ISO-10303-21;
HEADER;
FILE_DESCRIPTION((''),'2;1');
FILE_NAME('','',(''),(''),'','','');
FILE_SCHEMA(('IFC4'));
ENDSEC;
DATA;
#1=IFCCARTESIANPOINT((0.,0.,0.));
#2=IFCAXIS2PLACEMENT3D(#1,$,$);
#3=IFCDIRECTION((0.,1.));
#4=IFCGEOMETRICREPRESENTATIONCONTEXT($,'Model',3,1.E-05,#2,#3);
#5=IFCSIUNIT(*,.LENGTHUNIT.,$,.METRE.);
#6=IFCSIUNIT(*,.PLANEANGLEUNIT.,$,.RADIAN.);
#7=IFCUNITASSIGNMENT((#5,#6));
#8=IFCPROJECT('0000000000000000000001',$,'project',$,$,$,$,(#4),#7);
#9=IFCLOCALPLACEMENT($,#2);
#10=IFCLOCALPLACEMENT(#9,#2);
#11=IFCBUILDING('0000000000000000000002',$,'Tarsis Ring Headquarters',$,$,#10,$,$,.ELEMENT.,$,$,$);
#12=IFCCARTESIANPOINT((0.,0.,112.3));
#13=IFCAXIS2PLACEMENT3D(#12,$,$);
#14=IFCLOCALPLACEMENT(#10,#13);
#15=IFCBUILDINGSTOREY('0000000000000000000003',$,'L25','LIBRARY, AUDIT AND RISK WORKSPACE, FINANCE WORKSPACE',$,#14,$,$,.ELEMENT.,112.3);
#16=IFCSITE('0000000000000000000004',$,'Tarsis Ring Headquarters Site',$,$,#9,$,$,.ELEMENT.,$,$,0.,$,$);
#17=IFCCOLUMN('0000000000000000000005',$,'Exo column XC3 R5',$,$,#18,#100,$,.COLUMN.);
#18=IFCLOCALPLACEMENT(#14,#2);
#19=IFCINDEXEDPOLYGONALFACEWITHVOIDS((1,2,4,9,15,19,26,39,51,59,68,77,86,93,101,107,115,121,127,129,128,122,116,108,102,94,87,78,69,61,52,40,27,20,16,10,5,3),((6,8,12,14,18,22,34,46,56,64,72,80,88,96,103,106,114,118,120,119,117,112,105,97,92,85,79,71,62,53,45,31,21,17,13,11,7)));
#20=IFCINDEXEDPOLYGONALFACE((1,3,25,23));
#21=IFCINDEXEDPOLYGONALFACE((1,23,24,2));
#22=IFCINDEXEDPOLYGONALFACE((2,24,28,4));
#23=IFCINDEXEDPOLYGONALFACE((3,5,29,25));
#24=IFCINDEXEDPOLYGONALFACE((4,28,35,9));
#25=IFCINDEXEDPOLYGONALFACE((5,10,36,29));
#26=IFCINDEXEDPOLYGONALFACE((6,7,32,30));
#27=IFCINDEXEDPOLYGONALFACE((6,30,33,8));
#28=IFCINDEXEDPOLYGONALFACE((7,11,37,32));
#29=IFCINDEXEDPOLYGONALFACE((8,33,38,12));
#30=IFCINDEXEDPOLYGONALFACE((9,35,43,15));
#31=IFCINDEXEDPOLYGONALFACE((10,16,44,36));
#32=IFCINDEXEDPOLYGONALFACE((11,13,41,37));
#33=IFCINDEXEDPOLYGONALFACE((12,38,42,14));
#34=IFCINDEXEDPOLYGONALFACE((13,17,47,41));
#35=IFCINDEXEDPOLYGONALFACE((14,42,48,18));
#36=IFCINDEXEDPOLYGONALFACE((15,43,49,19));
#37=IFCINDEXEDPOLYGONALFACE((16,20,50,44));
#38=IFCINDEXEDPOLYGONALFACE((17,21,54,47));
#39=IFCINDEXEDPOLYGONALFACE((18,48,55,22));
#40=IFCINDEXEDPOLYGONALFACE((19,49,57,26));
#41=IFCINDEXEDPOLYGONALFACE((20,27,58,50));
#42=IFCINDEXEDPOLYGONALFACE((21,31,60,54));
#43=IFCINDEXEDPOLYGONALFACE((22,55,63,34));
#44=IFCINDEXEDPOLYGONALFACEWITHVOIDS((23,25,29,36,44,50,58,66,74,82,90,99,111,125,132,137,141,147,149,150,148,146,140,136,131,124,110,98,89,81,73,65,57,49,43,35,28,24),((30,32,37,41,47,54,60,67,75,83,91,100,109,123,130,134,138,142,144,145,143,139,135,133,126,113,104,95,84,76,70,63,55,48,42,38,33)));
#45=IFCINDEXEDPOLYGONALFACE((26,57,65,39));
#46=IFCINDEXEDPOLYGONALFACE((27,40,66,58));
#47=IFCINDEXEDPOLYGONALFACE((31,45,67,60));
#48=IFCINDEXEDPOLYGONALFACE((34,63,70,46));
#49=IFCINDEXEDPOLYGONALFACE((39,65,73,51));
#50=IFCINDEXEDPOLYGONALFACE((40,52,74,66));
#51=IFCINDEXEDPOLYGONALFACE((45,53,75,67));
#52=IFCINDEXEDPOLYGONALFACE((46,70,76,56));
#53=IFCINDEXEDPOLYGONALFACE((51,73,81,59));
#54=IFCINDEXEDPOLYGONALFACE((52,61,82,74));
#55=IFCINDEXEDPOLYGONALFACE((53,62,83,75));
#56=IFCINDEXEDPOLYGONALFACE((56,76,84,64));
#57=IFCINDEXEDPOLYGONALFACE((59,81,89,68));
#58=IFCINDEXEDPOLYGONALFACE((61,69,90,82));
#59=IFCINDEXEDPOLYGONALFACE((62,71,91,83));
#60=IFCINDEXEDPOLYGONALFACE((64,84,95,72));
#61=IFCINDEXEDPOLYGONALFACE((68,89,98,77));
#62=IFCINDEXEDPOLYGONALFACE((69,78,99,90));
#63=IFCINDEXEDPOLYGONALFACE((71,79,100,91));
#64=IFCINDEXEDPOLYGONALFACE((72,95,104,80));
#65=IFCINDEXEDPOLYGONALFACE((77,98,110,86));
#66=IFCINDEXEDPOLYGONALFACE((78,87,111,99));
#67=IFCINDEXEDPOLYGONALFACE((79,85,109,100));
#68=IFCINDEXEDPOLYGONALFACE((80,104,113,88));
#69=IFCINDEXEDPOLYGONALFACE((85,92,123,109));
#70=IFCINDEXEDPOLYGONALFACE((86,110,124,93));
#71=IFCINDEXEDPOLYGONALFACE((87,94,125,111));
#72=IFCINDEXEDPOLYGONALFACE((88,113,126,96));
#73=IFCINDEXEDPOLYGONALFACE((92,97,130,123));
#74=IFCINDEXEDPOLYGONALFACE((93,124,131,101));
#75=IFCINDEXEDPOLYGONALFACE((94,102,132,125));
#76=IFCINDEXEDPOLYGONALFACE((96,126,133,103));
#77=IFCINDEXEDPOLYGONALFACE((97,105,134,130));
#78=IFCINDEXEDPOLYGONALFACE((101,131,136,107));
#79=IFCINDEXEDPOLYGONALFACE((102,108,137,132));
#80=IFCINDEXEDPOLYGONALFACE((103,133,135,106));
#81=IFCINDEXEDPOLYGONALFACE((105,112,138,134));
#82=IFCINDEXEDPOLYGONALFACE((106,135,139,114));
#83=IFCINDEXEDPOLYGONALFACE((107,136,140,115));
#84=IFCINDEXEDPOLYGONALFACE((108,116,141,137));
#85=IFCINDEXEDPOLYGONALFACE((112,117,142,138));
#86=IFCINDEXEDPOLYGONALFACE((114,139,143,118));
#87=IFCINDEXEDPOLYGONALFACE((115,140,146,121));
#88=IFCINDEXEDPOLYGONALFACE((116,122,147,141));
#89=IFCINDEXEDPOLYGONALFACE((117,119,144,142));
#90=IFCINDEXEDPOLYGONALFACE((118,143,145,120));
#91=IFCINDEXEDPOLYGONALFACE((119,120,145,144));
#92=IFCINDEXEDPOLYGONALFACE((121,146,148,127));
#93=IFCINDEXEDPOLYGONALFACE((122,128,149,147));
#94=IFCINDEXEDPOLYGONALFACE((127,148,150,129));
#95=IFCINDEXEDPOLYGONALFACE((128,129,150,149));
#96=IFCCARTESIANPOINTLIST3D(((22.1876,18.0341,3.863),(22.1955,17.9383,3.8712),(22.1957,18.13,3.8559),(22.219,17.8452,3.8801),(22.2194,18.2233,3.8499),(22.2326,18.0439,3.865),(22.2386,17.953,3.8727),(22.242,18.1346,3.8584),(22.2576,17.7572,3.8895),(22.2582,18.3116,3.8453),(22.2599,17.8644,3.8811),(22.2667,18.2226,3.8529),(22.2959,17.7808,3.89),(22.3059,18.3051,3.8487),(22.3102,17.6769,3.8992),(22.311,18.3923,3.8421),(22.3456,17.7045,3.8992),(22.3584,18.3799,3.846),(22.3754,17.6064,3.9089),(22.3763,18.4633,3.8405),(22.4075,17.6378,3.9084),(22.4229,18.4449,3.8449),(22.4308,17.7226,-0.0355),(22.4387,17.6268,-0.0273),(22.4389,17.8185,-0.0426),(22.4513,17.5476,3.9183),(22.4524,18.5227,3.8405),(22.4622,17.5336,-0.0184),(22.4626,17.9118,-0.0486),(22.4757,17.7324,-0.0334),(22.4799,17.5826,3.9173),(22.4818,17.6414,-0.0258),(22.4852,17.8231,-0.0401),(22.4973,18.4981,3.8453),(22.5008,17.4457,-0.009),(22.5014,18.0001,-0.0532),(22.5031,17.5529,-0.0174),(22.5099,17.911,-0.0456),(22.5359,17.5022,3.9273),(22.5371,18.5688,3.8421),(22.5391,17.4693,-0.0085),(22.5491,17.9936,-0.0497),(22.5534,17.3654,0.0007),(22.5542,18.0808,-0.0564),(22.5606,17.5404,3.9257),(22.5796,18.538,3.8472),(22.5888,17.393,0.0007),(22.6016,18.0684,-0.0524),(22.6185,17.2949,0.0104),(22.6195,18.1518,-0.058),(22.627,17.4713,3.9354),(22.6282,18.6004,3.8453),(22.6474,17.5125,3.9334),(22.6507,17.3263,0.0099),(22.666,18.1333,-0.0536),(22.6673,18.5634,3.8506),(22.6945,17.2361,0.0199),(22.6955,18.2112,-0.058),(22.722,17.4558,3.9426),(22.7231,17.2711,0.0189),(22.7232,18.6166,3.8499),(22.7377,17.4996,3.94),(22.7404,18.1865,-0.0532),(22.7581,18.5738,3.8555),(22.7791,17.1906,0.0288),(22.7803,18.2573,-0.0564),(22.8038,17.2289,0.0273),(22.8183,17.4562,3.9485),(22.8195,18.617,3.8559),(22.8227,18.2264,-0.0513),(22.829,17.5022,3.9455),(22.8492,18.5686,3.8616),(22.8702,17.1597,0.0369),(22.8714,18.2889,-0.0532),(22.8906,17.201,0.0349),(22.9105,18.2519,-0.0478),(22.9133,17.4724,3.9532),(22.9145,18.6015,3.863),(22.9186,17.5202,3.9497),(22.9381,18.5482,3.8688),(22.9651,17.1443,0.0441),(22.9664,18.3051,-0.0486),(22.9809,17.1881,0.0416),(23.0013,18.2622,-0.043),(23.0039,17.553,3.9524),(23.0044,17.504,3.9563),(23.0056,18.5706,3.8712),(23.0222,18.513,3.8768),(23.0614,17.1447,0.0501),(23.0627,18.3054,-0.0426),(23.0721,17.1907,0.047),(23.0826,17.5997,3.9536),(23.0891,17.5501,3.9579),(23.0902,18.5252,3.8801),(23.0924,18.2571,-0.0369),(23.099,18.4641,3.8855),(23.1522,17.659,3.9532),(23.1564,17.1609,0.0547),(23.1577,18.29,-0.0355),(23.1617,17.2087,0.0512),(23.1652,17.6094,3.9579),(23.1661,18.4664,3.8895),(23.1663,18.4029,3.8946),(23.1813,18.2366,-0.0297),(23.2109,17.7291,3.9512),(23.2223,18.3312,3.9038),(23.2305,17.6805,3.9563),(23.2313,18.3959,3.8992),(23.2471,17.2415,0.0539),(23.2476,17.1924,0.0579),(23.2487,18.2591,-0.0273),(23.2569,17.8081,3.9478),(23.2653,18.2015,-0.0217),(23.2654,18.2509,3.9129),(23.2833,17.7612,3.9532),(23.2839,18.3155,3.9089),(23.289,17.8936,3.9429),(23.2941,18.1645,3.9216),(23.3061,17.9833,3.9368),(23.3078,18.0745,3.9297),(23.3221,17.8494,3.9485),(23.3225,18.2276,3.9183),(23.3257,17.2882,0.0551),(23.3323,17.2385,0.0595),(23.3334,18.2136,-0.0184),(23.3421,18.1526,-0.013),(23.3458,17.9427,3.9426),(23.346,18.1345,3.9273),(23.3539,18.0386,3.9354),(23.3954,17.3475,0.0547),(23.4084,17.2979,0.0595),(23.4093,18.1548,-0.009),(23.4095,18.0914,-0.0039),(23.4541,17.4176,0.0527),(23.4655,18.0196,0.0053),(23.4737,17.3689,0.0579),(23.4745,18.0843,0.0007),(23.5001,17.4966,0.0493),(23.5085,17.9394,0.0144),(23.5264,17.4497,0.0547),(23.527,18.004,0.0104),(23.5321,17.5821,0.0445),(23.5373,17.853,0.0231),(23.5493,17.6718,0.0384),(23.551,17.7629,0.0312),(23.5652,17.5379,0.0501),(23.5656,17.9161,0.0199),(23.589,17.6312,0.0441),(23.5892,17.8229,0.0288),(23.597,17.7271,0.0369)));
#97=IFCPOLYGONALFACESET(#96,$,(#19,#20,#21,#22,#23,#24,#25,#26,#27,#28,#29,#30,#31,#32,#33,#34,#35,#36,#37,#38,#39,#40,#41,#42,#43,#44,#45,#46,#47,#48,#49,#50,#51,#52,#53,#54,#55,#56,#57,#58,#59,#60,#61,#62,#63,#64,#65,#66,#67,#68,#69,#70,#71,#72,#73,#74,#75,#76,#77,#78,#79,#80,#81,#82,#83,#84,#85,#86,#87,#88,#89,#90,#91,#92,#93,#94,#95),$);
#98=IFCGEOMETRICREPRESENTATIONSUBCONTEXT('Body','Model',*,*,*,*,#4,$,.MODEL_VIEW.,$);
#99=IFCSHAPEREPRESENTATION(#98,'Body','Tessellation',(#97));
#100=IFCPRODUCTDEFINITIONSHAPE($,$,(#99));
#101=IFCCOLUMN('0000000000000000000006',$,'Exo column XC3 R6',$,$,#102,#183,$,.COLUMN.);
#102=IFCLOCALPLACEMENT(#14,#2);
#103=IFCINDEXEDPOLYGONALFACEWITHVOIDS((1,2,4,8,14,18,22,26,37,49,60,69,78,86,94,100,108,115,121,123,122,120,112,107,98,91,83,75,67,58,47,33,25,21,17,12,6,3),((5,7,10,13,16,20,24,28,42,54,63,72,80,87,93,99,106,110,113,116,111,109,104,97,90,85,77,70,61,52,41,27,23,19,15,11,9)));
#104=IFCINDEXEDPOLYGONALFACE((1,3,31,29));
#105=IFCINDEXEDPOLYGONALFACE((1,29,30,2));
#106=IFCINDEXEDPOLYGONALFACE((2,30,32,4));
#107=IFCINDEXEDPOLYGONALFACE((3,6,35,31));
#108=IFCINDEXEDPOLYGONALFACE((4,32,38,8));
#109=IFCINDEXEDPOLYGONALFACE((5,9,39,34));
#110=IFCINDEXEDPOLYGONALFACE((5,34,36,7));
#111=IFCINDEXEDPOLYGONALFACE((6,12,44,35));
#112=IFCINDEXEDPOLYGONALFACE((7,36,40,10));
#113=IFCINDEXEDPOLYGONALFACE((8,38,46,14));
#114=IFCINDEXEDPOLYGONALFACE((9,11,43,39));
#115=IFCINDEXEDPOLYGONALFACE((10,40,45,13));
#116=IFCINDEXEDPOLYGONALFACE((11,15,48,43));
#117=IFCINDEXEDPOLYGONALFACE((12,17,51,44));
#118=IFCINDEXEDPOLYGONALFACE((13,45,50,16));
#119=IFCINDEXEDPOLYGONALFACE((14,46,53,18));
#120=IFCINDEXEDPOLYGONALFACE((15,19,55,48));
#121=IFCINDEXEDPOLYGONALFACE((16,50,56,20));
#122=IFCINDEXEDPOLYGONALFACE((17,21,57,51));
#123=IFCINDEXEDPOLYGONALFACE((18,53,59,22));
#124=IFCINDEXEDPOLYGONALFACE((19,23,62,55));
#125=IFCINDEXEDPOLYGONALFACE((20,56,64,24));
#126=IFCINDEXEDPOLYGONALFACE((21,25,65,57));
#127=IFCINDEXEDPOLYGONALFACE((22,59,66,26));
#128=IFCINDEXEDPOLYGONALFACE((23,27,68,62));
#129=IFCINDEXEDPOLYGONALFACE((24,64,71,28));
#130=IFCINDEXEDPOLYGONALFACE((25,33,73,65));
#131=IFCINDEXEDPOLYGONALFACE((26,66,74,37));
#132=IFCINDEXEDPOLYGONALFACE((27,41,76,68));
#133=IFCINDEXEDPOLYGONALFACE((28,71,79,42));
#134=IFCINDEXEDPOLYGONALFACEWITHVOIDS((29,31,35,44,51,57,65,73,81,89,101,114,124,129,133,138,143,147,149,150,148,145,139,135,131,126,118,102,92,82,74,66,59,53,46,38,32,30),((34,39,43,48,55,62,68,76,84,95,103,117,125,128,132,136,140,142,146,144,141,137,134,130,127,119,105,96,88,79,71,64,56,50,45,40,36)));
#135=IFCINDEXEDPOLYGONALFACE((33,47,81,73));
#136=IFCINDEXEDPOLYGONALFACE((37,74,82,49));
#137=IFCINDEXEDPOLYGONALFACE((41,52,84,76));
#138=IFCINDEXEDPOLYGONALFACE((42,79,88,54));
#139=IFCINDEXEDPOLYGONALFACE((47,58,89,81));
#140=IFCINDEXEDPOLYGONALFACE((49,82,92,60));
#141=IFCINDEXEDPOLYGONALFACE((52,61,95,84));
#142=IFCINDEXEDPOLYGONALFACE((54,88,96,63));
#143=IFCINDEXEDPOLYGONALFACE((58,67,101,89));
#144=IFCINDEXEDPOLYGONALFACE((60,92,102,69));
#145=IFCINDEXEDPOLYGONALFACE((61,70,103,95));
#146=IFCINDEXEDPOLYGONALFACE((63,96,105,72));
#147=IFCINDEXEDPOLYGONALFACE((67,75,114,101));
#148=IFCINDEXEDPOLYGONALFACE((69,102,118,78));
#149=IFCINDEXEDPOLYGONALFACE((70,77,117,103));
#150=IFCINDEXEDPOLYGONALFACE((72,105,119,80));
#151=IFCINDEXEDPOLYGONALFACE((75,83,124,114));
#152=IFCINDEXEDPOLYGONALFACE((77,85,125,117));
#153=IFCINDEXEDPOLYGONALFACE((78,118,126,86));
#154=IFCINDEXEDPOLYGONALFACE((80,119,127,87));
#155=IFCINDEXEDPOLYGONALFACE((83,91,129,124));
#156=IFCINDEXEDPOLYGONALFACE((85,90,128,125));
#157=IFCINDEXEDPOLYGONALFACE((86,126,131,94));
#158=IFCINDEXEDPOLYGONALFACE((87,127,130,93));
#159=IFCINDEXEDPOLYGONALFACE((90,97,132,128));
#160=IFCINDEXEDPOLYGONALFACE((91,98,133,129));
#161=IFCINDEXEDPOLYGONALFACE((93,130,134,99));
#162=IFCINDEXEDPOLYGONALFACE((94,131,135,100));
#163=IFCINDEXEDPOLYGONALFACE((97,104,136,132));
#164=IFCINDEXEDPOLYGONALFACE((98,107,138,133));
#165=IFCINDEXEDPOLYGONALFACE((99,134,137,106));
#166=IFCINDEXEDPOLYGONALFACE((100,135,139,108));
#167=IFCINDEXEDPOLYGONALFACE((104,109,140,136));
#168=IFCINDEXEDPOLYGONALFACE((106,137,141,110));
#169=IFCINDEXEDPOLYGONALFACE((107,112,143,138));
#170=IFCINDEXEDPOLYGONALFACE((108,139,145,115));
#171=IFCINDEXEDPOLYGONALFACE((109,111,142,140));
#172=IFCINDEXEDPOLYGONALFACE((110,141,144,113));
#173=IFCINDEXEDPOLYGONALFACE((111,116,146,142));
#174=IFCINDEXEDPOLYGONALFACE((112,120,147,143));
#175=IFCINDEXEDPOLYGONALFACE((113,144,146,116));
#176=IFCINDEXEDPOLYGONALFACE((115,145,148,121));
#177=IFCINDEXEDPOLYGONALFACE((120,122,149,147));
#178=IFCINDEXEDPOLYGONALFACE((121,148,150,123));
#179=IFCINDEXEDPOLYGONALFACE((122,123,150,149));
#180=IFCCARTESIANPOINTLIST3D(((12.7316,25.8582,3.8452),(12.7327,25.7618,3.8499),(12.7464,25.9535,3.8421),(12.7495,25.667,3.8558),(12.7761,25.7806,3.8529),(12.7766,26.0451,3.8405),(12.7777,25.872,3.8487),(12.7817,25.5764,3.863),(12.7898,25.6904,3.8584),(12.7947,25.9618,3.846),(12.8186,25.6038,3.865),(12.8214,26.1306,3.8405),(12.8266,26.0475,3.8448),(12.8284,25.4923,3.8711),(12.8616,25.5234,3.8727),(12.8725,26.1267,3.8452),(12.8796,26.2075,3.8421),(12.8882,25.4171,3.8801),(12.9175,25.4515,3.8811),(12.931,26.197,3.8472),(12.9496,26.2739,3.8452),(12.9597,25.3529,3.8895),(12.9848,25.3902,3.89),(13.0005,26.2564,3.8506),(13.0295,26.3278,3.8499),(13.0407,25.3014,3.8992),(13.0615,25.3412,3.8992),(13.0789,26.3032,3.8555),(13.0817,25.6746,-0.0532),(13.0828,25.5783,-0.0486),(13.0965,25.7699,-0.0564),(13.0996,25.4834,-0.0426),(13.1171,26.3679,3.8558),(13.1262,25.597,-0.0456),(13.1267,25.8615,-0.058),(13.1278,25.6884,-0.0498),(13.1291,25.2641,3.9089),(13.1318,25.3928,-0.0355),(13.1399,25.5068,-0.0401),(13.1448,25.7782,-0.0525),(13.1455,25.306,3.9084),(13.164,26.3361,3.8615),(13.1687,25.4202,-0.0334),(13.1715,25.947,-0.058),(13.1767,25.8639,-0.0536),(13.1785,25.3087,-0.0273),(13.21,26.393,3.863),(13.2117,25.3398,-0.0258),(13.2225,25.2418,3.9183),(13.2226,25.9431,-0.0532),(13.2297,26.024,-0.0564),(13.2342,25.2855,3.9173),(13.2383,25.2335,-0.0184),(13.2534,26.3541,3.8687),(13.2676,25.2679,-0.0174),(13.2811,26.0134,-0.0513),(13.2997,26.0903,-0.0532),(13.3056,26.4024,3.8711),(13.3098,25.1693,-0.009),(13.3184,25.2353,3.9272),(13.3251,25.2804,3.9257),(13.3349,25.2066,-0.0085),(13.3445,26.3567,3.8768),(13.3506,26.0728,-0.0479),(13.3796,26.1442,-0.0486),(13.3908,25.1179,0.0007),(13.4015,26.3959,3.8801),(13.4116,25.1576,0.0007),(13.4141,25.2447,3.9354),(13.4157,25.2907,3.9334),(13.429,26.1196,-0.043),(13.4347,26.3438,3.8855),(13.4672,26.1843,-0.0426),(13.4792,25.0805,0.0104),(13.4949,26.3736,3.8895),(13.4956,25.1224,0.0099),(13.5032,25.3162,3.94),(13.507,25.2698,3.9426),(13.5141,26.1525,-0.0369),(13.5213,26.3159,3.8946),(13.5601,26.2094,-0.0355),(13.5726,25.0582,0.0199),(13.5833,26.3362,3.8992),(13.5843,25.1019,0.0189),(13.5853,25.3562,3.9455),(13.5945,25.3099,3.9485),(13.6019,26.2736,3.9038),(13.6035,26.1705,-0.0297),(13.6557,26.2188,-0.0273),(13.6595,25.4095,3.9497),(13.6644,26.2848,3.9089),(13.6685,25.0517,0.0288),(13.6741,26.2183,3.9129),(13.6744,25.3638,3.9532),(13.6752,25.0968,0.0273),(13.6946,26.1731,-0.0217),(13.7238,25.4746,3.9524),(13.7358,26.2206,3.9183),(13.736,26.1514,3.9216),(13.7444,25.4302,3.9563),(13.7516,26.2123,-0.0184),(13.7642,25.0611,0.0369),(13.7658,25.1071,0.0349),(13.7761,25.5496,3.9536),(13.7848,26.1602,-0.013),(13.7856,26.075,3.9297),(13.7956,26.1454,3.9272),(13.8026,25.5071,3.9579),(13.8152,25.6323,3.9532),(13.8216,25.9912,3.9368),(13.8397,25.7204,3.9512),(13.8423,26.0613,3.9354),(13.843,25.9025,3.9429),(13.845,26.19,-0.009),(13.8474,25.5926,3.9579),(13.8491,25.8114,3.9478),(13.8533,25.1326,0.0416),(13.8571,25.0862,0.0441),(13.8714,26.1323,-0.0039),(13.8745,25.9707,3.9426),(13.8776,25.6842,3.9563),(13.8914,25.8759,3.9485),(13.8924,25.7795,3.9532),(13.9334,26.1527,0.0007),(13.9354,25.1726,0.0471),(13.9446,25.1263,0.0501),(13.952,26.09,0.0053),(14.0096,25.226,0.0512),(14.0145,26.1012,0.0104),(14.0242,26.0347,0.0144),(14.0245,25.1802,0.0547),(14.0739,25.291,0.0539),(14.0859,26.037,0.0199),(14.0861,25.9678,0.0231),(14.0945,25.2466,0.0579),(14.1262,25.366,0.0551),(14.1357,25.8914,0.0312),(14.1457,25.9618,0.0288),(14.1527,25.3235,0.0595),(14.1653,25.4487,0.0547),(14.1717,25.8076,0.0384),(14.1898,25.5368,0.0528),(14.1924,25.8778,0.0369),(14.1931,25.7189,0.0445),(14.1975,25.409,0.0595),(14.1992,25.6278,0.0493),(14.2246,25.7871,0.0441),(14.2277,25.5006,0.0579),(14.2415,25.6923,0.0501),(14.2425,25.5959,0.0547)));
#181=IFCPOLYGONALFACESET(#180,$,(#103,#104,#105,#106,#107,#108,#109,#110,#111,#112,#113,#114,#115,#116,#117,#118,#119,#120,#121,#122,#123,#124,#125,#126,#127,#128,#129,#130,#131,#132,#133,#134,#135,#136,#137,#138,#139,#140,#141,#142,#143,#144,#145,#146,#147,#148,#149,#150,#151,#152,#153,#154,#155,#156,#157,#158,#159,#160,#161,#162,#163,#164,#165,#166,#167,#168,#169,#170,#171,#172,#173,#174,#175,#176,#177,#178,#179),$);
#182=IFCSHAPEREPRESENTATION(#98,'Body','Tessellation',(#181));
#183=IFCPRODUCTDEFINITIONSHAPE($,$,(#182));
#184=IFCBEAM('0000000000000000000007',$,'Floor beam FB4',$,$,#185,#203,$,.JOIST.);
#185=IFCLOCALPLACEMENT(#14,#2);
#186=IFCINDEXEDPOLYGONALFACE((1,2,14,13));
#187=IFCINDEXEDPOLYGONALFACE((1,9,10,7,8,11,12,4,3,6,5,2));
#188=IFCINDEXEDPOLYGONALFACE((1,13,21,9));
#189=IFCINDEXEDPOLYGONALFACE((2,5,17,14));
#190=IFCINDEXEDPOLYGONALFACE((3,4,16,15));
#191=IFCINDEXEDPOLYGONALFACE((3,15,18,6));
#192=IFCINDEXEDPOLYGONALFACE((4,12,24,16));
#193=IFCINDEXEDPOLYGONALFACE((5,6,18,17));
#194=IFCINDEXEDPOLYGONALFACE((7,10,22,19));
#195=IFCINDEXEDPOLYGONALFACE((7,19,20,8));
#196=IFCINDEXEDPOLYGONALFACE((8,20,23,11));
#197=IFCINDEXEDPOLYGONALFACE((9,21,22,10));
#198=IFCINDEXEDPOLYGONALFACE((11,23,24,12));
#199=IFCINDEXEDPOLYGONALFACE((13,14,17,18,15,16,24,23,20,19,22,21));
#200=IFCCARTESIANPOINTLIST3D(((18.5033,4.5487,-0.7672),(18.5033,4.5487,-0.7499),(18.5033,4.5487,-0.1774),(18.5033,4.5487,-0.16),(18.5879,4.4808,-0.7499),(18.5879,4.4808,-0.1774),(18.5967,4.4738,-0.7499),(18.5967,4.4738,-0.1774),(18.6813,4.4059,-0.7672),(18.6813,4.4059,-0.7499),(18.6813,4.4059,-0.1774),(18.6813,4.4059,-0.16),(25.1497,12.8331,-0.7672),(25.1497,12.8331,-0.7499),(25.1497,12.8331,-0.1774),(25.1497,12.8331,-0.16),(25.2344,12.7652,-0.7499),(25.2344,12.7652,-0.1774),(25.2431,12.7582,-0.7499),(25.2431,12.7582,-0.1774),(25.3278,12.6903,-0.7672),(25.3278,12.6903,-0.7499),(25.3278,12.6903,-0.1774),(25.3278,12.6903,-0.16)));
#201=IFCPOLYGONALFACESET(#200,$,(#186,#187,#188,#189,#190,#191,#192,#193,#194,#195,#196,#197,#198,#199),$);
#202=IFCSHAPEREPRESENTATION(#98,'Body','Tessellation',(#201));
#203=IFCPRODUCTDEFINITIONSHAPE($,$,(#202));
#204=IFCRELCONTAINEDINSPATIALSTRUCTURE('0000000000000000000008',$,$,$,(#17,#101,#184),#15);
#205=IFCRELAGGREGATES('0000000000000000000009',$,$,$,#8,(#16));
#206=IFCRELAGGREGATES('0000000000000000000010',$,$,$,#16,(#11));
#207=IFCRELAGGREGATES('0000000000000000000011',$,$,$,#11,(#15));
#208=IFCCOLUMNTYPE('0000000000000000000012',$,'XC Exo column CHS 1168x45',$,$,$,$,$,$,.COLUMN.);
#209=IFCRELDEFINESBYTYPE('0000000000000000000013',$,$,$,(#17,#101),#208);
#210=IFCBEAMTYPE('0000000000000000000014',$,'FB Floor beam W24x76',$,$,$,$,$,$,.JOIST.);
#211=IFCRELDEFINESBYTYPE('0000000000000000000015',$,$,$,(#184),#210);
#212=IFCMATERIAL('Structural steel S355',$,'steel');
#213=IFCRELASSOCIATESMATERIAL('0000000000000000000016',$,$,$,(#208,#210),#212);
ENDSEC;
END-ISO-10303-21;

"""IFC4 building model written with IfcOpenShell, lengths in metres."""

from ifc_helpers import new_model, si_unit, direction, frame, origin, origin_2d, place, context, subcontext, project, spatial, hollow_circle, i_section, extrude, material, material_profile, profile_set, type_object, element, save


model = new_model("IFC4")

# Units and contexts
model_context = context("Model", 3, precision=1e-05, world=origin(), true_north=direction((0.0, 1.0)))
body_context = subcontext(model_context, "Body", "Model", "MODEL_VIEW")
ifc_project = project(units=[si_unit("LENGTHUNIT", "METRE"), si_unit("PLANEANGLEUNIT", "RADIAN")], contexts=[model_context])

# Site, building, storey
site_placement = place(None, origin())
site = spatial("IfcSite", under=ifc_project, at=site_placement, Name="Tarsis Ring Headquarters Site", CompositionType="ELEMENT", RefElevation=0.0)
building_placement = place(site_placement, origin())
building = spatial("IfcBuilding", under=site, at=building_placement, Name="Tarsis Ring Headquarters", CompositionType="ELEMENT")
storey_placement = place(building_placement, frame((0.0, 0.0, 112.3)))
storey = spatial("IfcBuildingStorey", under=building, at=storey_placement, Name="L25", Description="LIBRARY, AUDIT AND RISK WORKSPACE, FINANCE WORKSPACE", CompositionType="ELEMENT", Elevation=112.3)

# Columns
ifc_material_1 = material(Name="Structural steel S355", Category="steel")
ifc_material_profile_1 = material_profile(ifc_material_1, hollow_circle(Radius=0.5842, WallThickness=0.0449, at=origin_2d()), Name="CHS 1168x45")
ifc_profile_set_1 = profile_set([ifc_material_profile_1], Name="Structural steel S355")
column_type = type_object("IfcColumnType", Name="XC Exo column CHS 1168x45", PredefinedType="COLUMN", material=ifc_profile_set_1)
for number, where, z_axis, x_axis, name in (
    (1, (23.0139, 17.7249, 0.0007), (-0.062057, 0.079502, 0.994901), (-0.788287, -0.615308, 0.0), "Exo column XC3 R5"),
    (2, (13.6621, 25.6353, 0.0007), (-0.089346, 0.046854, 0.994898), (-0.464422, -0.885614, 0.0), "Exo column XC3 R6"),
):
    element("IfcColumn", number, at=place(storey_placement, frame(where, z_axis=z_axis, x_axis=x_axis)), inside=storey, type_object=column_type, Name=name, PredefinedType="COLUMN", context=body_context, shape_type="SweptSolid", body=[
        extrude(hollow_circle(Radius=0.5842, WallThickness=0.0449, at=origin_2d()), origin(), (0.0, 0.0, 1.0), 3.9185),
    ])

# Beam
ifc_material_profile_2 = material_profile(ifc_material_1, i_section(OverallWidth=0.2283, OverallDepth=0.6072, WebThickness=0.0112, FlangeThickness=0.0173, at=origin_2d()), Name="W24x76")
ifc_profile_set_2 = profile_set([ifc_material_profile_2], Name="Structural steel S355")
beam_type_1 = type_object("IfcBeamType", Name="FB Floor beam W24x76", PredefinedType="JOIST", material=ifc_profile_set_2)
beam_1_placement = place(storey_placement, frame((25.2388, 12.7617, -0.4636), z_axis=(-0.625782, -0.779998, 0.0), x_axis=(0.779998, -0.625782, 0.0)))
element("IfcBeam", 3, at=beam_1_placement, inside=storey, type_object=beam_type_1, Name="Floor beam FB4", PredefinedType="JOIST", context=body_context, shape_type="SweptSolid", body=[
    extrude(i_section(OverallWidth=0.2283, OverallDepth=0.6072, WebThickness=0.0112, FlangeThickness=0.0173, at=origin_2d()), origin(), (0.0, 0.0, 1.0), 10.6211),
])

save(model, "model.ifc")
